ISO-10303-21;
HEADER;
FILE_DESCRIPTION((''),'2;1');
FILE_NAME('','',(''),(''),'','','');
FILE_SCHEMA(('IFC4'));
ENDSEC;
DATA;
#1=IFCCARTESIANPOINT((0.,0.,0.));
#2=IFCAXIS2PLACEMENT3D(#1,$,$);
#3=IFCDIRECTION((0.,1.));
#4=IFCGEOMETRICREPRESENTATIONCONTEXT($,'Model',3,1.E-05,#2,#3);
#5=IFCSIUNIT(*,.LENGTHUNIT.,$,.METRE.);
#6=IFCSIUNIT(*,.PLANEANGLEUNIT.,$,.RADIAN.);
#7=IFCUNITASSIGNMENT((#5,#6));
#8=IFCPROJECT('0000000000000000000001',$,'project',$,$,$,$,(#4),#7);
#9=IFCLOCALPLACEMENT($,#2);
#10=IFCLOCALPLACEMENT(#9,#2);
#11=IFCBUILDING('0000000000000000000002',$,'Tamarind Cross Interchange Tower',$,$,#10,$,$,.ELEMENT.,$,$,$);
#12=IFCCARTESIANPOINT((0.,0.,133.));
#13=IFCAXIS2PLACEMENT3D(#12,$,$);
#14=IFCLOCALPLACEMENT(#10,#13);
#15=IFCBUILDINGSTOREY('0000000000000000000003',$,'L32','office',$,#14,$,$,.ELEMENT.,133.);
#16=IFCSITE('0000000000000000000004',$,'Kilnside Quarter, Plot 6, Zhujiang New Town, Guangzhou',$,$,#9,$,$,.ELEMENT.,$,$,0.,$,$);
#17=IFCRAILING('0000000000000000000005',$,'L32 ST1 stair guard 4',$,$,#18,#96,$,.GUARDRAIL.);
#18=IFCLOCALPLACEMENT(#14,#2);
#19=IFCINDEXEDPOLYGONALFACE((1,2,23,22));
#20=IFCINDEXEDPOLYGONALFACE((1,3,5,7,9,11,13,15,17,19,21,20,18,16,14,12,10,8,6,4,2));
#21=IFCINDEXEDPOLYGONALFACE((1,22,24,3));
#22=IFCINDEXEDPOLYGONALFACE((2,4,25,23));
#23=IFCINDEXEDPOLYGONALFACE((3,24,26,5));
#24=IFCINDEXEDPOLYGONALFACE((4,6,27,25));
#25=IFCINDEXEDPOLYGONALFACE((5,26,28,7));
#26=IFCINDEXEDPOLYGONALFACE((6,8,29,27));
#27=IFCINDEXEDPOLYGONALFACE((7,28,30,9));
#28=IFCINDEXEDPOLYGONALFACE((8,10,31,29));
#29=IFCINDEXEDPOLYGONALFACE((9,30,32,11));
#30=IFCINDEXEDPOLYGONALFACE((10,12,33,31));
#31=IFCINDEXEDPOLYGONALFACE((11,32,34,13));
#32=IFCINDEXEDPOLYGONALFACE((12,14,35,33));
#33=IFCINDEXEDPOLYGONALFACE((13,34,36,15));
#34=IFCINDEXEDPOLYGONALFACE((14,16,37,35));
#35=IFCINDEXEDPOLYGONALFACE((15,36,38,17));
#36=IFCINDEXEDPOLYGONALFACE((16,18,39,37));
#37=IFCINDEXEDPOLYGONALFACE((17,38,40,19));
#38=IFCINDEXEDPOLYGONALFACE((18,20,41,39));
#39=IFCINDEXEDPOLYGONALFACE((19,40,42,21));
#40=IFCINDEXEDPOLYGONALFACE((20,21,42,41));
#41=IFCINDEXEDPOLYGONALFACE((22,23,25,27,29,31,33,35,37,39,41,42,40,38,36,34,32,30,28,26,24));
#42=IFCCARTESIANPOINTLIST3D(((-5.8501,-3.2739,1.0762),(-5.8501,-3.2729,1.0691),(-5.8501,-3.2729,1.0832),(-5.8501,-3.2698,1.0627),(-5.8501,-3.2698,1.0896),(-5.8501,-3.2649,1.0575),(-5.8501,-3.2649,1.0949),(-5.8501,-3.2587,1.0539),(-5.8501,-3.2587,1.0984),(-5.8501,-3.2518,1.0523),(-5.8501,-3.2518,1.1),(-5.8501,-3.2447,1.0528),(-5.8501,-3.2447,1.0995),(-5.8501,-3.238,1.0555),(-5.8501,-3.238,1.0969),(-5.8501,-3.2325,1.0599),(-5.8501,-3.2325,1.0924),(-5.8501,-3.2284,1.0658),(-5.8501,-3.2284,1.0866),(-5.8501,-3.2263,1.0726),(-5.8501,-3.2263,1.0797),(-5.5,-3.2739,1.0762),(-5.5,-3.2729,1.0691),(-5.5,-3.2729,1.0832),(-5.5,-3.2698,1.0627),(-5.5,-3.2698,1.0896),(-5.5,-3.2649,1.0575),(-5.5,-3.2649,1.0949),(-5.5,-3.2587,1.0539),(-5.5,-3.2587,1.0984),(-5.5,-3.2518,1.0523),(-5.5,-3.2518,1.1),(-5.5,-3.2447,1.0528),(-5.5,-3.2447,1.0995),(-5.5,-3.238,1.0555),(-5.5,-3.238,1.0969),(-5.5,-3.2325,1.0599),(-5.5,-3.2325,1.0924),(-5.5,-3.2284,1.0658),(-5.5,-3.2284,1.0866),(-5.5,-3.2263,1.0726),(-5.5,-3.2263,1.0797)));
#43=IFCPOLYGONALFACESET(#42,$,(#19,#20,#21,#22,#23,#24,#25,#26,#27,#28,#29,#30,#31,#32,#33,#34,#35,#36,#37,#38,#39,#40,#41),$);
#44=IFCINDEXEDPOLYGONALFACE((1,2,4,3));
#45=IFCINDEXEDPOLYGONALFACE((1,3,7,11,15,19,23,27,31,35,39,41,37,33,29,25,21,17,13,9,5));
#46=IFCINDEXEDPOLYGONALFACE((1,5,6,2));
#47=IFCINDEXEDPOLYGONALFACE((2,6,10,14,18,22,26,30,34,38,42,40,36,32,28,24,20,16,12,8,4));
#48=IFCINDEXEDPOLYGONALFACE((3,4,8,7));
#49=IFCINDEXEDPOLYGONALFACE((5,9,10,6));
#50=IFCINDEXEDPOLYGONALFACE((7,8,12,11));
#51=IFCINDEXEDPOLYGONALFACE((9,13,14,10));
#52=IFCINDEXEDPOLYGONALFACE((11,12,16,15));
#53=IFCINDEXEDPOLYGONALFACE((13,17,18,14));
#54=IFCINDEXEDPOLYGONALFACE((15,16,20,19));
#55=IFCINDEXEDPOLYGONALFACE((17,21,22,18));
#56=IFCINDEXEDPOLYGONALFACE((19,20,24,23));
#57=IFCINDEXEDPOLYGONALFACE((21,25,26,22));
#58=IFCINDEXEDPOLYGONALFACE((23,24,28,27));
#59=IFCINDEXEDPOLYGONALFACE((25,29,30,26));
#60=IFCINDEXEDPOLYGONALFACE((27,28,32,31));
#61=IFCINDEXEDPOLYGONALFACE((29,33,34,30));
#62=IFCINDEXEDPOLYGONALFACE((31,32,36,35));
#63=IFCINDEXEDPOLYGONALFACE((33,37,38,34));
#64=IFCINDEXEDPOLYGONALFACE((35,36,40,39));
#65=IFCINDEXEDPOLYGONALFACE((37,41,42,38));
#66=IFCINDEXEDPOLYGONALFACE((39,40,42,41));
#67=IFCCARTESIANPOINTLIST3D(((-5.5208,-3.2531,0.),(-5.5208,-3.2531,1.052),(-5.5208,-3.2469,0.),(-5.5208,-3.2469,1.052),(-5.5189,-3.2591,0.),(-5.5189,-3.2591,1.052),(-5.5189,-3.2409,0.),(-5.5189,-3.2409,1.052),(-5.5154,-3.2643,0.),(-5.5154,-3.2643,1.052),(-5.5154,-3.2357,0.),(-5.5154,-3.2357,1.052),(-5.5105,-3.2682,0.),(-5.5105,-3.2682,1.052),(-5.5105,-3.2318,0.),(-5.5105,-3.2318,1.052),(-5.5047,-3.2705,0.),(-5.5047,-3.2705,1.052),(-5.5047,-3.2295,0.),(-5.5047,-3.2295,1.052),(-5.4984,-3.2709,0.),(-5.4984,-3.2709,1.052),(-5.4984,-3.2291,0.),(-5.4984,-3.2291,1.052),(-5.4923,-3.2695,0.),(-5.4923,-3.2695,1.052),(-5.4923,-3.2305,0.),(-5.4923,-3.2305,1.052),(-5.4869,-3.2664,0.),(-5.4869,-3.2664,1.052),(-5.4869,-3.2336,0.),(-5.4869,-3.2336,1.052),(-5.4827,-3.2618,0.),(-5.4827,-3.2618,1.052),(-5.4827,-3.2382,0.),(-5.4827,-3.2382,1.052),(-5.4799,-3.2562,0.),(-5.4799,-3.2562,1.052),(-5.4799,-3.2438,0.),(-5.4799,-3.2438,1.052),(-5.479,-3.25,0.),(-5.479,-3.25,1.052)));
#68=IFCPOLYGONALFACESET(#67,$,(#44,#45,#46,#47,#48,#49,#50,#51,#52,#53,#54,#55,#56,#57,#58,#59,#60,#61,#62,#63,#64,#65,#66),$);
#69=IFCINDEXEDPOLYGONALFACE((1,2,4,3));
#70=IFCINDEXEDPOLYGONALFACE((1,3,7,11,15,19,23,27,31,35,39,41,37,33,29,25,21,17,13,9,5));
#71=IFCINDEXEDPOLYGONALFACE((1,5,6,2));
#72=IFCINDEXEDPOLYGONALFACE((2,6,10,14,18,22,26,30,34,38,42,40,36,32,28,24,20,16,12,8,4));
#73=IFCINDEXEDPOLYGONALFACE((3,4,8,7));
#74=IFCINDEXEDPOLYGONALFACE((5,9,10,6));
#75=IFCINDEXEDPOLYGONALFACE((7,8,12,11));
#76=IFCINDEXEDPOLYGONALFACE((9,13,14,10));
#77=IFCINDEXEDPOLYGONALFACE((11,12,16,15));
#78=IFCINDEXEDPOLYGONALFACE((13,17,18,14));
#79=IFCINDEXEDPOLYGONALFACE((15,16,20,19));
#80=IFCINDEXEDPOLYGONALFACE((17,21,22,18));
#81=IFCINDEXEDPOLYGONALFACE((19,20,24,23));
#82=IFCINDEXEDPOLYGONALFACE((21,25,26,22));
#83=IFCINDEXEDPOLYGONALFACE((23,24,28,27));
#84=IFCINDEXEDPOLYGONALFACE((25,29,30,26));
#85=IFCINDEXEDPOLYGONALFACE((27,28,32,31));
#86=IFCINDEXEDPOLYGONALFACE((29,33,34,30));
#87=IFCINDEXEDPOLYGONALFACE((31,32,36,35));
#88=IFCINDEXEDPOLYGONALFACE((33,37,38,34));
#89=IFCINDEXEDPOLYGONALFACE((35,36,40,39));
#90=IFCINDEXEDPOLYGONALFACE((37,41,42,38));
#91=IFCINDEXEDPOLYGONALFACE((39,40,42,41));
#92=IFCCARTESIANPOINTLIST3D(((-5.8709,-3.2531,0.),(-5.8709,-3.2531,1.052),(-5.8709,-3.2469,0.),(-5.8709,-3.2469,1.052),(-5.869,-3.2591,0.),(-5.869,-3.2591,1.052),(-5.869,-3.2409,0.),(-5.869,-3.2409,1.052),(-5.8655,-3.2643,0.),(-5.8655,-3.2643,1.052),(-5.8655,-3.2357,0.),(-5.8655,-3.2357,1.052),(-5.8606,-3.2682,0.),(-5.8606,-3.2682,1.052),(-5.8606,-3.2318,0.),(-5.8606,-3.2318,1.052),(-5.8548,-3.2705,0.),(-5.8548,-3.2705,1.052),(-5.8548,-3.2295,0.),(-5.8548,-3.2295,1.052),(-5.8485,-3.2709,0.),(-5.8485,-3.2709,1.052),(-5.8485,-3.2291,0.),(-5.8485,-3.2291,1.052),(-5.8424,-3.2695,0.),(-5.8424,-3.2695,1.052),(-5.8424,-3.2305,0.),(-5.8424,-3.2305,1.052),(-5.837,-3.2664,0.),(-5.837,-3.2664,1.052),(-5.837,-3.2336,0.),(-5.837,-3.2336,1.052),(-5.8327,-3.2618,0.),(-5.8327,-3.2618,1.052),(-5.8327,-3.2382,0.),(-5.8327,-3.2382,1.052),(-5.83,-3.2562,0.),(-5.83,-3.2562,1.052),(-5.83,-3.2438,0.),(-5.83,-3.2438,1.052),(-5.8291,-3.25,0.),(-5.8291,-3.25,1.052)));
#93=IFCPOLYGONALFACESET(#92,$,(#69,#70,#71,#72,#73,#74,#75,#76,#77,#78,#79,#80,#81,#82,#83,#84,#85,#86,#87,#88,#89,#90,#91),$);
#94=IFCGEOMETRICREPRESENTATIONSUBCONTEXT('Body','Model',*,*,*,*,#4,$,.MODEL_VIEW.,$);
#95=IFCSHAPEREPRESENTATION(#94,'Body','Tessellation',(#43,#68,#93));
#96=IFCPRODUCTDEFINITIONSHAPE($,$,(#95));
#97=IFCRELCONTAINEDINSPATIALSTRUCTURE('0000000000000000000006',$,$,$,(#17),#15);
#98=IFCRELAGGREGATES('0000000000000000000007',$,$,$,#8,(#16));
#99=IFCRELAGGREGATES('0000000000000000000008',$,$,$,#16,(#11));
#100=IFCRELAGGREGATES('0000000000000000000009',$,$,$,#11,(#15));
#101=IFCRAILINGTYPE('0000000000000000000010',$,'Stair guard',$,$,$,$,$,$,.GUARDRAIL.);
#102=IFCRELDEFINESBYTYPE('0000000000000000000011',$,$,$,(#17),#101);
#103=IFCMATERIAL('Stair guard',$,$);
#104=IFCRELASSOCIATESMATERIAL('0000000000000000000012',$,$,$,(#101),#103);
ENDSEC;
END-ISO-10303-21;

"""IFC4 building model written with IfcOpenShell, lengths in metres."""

from ifc_helpers import new_model, si_unit, direction, frame, origin, origin_2d, place, context, subcontext, project, spatial, circle, extrude, material, type_object, element, save


model = new_model("IFC4")

# Units and contexts
model_context = context("Model", 3, precision=1e-05, world=origin(), true_north=direction((0.0, 1.0)))
body_context = subcontext(model_context, "Body", "Model", "MODEL_VIEW")
ifc_project = project(units=[si_unit("LENGTHUNIT", "METRE"), si_unit("PLANEANGLEUNIT", "RADIAN")], contexts=[model_context])

# Site, building, storey
site_placement = place(None, origin())
site = spatial("IfcSite", under=ifc_project, at=site_placement, Name="Kilnside Quarter, Plot 6, Zhujiang New Town, Guangzhou", CompositionType="ELEMENT", RefElevation=0.0)
building_placement = place(site_placement, origin())
building = spatial("IfcBuilding", under=site, at=building_placement, Name="Tamarind Cross Interchange Tower", CompositionType="ELEMENT")
storey_placement = place(building_placement, frame((0.0, 0.0, 133.0)))
storey = spatial("IfcBuildingStorey", under=building, at=storey_placement, Name="L32", Description="office", CompositionType="ELEMENT", Elevation=133.0)

# Railing
ifc_material_1 = material(Name="Stair guard")
railing_type_1 = type_object("IfcRailingType", Name="Stair guard", PredefinedType="GUARDRAIL", material=ifc_material_1)
railing_1_placement = place(storey_placement, frame((-5.5, -3.25, 0.0)))
element("IfcRailing", 1, at=railing_1_placement, inside=storey, type_object=railing_type_1, Name="L32 ST1 stair guard 4", PredefinedType="GUARDRAIL", context=body_context, shape_type="SweptSolid", body=[
    extrude(circle(Radius=0.0239, at=origin_2d()), frame((0.0, 0.0, 1.0762), z_axis=(-1.0, 0.0, 0.0), x_axis=(0.0, -1.0, 0.0)), (0.0, 0.0, 1.0), 0.3501),
    extrude(circle(Radius=0.021, at=origin_2d()), origin(), (0.0, 0.0, 1.0), 1.052),
    extrude(circle(Radius=0.021, at=origin_2d()), frame((-0.3501, 0.0, 0.0)), (0.0, 0.0, 1.0), 1.052),
])

save(model, "model.ifc")
